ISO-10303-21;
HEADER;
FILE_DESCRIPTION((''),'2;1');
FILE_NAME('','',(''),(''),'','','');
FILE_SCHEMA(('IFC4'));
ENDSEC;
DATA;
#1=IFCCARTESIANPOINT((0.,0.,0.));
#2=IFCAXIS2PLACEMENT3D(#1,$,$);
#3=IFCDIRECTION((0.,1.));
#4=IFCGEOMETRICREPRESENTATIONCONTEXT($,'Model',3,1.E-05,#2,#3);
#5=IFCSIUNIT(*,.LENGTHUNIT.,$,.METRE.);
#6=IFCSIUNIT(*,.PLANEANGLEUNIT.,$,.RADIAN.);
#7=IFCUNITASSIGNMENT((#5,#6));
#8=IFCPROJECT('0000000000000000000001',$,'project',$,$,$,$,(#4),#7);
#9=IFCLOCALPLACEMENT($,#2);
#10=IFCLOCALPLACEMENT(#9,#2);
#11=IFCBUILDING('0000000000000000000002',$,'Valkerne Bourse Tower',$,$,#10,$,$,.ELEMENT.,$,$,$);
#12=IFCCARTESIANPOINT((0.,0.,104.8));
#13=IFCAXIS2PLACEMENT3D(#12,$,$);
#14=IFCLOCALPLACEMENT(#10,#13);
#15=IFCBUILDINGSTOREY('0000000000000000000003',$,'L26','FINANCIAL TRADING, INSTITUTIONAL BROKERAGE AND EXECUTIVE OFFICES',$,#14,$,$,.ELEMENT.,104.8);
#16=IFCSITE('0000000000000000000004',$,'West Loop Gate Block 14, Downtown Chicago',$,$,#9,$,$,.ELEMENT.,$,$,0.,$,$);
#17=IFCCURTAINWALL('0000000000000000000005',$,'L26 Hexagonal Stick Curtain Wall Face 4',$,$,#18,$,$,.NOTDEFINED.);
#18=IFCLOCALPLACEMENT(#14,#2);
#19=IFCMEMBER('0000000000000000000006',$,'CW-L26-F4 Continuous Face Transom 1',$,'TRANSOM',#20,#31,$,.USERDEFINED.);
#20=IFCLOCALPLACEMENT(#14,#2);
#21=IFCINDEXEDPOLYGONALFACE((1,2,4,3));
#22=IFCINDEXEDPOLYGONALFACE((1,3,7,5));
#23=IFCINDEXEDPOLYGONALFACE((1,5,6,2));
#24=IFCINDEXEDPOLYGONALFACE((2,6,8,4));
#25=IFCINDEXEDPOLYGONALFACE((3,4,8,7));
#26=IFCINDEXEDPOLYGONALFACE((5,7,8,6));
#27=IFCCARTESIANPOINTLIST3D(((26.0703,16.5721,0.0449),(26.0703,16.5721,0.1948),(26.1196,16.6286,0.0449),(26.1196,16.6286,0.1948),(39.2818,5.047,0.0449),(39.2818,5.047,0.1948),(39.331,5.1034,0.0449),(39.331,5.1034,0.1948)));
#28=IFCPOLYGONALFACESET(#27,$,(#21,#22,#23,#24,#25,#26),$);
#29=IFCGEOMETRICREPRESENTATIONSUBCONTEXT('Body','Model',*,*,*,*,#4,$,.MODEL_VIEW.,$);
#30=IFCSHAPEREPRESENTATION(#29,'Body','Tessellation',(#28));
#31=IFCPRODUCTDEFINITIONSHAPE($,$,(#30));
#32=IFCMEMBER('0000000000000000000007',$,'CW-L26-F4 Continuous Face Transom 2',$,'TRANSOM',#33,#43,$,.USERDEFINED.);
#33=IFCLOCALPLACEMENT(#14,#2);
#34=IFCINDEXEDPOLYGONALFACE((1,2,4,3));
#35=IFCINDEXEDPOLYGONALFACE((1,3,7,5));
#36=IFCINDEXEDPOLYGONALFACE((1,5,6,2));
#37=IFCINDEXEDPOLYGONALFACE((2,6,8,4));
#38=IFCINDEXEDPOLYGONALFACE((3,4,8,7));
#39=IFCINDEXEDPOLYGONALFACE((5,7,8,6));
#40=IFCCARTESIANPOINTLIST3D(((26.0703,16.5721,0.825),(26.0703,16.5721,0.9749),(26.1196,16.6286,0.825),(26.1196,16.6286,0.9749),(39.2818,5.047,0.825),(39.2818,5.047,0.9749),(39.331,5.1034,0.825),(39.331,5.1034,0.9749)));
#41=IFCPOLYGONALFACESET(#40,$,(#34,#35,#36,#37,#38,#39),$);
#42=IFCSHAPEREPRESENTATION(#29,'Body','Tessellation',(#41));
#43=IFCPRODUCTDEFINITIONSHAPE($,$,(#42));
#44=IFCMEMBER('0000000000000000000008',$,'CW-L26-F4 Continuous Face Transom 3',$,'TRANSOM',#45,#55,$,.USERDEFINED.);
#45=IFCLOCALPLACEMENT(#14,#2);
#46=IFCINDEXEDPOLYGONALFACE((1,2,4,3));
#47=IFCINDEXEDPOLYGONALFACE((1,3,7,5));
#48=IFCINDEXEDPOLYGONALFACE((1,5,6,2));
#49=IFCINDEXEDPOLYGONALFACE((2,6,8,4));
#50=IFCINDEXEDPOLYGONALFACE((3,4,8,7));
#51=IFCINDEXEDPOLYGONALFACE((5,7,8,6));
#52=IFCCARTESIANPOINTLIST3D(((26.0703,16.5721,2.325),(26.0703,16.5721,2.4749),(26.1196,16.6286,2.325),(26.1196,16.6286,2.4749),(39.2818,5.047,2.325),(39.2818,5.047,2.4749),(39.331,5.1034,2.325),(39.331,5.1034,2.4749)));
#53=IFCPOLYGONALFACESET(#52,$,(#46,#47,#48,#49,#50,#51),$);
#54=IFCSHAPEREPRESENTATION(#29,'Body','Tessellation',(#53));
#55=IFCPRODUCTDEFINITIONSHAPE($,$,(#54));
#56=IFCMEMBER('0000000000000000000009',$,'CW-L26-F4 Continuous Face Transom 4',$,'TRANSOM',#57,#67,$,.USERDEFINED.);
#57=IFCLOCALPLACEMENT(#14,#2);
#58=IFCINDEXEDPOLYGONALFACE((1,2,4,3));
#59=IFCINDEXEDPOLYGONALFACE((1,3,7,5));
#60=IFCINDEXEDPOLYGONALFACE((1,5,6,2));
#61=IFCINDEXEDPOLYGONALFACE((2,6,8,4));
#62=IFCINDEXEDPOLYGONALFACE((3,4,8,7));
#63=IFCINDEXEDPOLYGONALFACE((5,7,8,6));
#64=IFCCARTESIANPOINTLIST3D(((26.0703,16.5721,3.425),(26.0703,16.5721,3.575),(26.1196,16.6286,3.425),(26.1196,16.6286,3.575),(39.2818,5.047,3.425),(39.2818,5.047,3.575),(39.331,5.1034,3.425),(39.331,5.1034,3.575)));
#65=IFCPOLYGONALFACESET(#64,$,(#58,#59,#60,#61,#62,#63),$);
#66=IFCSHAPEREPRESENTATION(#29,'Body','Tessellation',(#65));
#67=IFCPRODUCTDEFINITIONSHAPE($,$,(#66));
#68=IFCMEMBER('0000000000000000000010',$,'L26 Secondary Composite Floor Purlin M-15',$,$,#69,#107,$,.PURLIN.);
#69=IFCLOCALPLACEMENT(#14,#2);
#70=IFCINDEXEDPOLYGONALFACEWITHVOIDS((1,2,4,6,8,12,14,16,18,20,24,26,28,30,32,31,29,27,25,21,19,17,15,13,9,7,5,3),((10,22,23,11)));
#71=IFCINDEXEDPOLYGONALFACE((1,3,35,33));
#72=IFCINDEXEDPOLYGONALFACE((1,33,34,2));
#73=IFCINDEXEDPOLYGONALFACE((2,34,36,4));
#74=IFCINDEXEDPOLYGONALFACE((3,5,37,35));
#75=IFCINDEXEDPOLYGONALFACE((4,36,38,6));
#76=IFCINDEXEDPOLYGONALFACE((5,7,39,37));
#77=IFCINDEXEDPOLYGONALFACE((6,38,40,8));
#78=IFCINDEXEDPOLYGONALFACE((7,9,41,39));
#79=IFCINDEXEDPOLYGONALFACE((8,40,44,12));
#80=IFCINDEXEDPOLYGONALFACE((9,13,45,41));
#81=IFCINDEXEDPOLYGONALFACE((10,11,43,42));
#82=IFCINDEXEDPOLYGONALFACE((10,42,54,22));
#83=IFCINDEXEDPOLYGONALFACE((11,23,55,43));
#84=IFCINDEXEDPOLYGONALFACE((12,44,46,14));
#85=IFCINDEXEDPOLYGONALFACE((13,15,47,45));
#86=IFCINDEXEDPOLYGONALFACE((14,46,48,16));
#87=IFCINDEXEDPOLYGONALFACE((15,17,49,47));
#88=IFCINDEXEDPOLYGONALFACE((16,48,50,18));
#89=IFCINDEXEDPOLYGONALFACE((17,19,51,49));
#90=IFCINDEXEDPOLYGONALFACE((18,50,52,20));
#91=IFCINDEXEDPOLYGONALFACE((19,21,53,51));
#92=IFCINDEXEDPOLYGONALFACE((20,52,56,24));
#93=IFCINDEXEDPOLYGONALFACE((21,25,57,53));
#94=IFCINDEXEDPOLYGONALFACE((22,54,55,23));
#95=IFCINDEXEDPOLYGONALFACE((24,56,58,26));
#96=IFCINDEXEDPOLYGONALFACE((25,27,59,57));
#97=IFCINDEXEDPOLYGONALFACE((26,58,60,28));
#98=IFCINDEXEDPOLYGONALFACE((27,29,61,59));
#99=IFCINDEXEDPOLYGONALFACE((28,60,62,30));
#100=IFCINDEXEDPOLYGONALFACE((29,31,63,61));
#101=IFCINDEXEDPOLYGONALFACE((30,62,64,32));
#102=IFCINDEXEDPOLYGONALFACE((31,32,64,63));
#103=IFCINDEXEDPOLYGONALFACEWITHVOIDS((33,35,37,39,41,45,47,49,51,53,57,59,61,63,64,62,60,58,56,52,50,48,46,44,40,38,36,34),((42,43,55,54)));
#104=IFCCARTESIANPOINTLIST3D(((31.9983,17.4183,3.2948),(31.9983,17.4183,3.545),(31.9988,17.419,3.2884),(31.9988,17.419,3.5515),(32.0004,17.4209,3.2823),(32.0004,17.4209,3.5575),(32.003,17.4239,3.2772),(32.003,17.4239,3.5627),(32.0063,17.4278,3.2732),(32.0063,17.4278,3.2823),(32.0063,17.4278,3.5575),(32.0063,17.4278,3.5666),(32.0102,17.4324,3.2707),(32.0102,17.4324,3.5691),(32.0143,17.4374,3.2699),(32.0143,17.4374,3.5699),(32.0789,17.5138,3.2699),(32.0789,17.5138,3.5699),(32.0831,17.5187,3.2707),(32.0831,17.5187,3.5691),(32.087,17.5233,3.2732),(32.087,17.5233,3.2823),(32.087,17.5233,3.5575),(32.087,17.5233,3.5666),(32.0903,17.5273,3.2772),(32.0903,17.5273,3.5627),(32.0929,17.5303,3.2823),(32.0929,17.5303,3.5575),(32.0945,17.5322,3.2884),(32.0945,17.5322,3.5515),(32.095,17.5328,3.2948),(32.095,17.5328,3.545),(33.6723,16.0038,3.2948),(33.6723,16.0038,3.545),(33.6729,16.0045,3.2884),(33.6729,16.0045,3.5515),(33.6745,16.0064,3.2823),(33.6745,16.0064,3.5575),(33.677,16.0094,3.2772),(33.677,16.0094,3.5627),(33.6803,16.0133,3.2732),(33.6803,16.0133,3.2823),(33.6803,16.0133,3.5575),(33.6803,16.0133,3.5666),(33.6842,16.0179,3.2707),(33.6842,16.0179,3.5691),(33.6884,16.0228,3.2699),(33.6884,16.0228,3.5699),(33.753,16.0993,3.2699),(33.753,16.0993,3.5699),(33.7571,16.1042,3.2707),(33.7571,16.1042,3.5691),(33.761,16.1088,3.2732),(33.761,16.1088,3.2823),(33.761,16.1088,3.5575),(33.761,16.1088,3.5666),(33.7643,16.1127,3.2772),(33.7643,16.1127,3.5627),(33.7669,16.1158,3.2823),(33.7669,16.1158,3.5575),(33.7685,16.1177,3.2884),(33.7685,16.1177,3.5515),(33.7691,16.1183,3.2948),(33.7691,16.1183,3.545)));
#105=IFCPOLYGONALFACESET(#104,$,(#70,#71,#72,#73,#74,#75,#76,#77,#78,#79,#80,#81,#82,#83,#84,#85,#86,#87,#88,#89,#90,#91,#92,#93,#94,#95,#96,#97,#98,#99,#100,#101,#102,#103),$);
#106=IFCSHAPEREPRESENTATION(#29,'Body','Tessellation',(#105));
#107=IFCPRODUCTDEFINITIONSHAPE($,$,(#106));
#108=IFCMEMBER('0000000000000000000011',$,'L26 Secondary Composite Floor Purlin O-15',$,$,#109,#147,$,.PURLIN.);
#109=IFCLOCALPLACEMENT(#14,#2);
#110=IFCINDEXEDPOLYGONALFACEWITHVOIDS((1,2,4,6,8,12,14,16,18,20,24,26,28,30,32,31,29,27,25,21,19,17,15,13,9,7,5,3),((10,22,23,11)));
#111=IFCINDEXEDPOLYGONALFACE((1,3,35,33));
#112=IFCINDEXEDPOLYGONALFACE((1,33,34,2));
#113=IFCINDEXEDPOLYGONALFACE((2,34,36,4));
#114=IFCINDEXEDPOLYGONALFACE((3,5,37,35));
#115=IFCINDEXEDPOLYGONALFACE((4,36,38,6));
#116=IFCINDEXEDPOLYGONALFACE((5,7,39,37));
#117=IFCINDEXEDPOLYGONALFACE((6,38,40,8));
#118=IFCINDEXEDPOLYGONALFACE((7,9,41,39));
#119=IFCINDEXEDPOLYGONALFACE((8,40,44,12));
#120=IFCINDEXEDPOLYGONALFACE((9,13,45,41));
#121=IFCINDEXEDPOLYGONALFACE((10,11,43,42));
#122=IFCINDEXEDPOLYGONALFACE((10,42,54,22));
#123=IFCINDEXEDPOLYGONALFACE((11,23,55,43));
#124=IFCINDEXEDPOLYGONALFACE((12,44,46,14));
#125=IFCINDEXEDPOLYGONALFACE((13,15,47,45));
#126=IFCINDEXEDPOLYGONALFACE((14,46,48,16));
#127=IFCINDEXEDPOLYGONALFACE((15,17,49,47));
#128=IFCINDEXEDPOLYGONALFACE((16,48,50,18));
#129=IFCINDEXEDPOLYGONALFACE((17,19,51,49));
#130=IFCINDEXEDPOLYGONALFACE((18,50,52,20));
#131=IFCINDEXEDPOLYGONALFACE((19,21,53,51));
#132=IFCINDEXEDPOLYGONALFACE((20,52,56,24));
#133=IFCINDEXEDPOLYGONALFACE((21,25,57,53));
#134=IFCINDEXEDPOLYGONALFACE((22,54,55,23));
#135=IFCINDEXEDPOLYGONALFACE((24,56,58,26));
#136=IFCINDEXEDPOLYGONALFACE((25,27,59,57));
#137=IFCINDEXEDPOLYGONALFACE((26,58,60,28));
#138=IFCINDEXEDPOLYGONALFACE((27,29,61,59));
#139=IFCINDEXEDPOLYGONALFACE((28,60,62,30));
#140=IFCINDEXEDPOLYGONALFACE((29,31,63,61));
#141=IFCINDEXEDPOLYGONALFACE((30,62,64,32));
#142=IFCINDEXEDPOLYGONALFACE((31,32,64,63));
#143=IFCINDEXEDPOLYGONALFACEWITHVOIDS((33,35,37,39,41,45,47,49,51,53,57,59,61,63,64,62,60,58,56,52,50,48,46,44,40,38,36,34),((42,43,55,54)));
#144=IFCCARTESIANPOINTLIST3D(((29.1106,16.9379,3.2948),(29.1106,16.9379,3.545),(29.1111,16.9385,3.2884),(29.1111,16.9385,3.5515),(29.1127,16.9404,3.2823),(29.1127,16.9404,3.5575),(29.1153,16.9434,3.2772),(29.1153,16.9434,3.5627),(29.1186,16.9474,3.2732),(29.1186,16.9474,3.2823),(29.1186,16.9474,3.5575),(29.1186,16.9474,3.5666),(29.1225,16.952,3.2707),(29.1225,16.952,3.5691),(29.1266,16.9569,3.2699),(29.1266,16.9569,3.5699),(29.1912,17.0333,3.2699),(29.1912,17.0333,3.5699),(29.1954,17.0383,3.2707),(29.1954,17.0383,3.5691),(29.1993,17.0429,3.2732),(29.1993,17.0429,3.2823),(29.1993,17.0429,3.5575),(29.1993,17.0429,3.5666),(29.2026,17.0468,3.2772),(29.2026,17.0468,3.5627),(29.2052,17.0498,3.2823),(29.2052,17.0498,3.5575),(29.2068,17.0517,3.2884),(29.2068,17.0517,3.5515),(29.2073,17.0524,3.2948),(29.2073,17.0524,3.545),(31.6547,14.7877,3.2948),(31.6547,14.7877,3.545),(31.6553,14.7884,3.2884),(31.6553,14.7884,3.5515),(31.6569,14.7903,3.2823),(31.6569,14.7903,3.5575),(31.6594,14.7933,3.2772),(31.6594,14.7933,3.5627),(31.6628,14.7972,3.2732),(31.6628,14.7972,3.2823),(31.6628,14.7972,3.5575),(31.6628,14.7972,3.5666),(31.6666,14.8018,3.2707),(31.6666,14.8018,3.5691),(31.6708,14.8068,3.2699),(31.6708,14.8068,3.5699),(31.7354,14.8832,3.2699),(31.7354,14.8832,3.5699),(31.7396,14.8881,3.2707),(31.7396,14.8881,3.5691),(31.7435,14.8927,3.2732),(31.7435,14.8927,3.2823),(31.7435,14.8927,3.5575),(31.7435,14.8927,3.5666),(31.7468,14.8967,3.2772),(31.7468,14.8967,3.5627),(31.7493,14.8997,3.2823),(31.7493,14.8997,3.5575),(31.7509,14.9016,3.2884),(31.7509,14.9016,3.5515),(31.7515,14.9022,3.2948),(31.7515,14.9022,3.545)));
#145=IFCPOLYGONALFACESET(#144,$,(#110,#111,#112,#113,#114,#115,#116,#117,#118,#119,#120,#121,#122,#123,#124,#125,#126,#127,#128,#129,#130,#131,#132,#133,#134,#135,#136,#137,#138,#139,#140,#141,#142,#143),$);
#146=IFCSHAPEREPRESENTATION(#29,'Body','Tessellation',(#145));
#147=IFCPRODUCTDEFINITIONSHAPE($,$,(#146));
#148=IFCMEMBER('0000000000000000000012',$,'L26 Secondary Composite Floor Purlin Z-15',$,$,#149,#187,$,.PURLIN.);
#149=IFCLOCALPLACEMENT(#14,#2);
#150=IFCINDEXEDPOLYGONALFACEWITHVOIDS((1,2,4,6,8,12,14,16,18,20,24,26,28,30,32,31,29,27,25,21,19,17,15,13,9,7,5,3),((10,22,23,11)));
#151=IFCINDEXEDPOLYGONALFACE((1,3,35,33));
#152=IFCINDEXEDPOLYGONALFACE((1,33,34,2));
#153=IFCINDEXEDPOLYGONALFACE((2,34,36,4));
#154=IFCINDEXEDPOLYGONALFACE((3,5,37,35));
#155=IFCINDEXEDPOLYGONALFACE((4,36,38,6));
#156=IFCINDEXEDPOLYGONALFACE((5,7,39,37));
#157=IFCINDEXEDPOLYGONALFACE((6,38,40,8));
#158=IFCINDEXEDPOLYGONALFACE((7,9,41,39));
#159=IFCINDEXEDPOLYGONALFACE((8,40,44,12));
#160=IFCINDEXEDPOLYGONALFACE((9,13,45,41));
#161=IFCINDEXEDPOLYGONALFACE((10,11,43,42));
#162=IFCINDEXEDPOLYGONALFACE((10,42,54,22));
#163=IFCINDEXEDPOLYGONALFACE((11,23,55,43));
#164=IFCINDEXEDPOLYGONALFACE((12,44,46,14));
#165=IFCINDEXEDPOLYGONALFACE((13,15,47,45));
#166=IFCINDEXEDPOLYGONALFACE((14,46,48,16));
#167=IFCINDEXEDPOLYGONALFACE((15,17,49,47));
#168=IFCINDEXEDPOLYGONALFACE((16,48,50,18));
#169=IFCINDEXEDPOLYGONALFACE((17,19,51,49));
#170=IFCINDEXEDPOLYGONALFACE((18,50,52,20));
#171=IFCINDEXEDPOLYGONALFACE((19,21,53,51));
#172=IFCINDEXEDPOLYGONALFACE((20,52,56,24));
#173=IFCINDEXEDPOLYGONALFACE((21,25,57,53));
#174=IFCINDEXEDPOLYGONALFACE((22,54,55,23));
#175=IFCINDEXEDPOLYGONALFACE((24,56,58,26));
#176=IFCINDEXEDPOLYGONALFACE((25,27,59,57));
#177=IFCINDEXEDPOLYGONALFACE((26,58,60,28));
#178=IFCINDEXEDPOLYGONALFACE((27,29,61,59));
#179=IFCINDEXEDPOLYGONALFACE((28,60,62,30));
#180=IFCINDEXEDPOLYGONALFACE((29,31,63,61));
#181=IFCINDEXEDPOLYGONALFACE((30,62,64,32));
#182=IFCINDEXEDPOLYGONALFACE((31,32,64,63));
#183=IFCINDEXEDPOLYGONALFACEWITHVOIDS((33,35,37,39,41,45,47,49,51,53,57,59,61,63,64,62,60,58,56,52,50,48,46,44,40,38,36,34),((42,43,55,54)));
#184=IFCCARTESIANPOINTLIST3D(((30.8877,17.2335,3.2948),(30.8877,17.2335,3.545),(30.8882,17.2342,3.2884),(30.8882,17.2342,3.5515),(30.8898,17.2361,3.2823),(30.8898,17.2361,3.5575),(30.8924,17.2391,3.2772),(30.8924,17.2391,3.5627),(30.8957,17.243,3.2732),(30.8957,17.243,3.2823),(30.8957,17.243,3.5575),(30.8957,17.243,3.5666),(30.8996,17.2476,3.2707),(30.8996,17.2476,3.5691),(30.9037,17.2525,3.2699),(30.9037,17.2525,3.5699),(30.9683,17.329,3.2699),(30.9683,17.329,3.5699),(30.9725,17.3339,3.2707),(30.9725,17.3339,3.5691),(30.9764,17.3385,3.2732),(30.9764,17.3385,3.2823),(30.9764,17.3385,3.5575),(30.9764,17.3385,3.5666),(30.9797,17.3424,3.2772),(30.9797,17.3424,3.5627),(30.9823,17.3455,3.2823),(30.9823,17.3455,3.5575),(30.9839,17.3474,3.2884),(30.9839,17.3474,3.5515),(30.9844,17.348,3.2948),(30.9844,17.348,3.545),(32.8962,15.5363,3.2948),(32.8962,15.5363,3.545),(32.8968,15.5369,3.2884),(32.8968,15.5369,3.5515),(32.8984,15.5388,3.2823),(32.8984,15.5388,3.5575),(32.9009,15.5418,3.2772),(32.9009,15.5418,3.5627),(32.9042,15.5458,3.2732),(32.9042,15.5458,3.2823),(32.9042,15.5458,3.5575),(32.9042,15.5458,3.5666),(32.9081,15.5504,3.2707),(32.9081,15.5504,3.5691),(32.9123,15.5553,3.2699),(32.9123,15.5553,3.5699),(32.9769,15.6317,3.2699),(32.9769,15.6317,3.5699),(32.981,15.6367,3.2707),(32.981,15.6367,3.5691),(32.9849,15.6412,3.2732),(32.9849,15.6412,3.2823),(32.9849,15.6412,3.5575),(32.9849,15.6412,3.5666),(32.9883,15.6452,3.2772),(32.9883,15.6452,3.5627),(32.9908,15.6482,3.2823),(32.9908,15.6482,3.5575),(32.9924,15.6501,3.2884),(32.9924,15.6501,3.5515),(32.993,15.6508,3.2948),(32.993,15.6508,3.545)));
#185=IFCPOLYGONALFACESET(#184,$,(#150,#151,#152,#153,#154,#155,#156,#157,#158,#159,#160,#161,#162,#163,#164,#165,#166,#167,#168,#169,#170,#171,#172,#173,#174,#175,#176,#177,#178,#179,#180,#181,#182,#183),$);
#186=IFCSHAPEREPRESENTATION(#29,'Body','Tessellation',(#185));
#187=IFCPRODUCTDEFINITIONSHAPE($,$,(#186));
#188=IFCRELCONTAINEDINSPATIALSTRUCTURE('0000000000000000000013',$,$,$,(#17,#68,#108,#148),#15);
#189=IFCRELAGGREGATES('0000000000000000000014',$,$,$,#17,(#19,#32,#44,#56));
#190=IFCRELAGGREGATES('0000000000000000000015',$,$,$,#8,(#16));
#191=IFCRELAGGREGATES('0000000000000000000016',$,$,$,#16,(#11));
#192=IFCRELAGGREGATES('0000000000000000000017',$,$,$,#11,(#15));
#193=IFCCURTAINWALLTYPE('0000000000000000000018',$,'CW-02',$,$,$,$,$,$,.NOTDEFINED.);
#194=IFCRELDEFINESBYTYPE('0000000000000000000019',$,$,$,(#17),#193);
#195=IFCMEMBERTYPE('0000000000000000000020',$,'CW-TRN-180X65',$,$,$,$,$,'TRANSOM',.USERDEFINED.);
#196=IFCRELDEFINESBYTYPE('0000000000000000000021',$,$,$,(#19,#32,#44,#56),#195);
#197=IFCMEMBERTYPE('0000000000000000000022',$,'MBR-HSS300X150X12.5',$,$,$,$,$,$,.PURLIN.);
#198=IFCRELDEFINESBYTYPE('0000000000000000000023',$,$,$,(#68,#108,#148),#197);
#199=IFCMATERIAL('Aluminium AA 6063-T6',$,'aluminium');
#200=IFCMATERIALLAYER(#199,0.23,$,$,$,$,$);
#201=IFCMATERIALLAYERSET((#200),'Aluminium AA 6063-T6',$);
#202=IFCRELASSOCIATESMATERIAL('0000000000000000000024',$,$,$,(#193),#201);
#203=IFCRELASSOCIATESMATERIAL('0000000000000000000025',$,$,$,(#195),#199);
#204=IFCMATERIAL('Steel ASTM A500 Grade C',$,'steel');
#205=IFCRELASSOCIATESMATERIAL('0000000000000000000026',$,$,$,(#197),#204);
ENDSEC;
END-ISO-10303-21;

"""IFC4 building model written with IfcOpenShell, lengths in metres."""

from ifc_helpers import new_model, si_unit, direction, frame, origin, origin_2d, place, context, subcontext, project, spatial, rectangle, hollow_rectangle, extrude, material, layer, layer_set, material_profile, profile_set, type_object, element, aggregate, save


model = new_model("IFC4")

# Units and contexts
model_context = context("Model", 3, precision=1e-05, world=origin(), true_north=direction((0.0, 1.0)))
body_context = subcontext(model_context, "Body", "Model", "MODEL_VIEW")
ifc_project = project(units=[si_unit("LENGTHUNIT", "METRE"), si_unit("PLANEANGLEUNIT", "RADIAN")], contexts=[model_context])

# Site, building, storey
site_placement = place(None, origin())
site = spatial("IfcSite", under=ifc_project, at=site_placement, Name="West Loop Gate Block 14, Downtown Chicago", CompositionType="ELEMENT", RefElevation=0.0)
building_placement = place(site_placement, origin())
building = spatial("IfcBuilding", under=site, at=building_placement, Name="Valkerne Bourse Tower", CompositionType="ELEMENT")
storey_placement = place(building_placement, frame((0.0, 0.0, 104.8)))
storey = spatial("IfcBuildingStorey", under=building, at=storey_placement, Name="L26", Description="FINANCIAL TRADING, INSTITUTIONAL BROKERAGE AND EXECUTIVE OFFICES", CompositionType="ELEMENT", Elevation=104.8)

# Curtain wall, members
ifc_material_1 = material(Name="Aluminium AA 6063-T6", Category="aluminium")
ifc_layer_1 = layer(ifc_material_1, 0.23)
ifc_layer_set_1 = layer_set([ifc_layer_1], Name="Aluminium AA 6063-T6")
curtain_wall_type = type_object("IfcCurtainWallType", Name="CW-02", PredefinedType="NOTDEFINED", material=ifc_layer_set_1)
curtain_wall_1_placement = place(storey_placement, origin())
curtain_wall_1 = element("IfcCurtainWall", 1, at=curtain_wall_1_placement, inside=storey, type_object=curtain_wall_type, Name="L26 Hexagonal Stick Curtain Wall Face 4", PredefinedType="NOTDEFINED")
ifc_material_profile_1 = material_profile(ifc_material_1, rectangle(XDim=0.075, YDim=0.1499, at=origin_2d()), Name="CWT-75X150")
ifc_profile_set_1 = profile_set([ifc_material_profile_1], Name="Aluminium AA 6063-T6")
member_type_1 = type_object("IfcMemberType", Name="CW-TRN-180X65", ElementType="TRANSOM", PredefinedType="USERDEFINED", material=ifc_profile_set_1)
member_1_placement = place(storey_placement, frame((26.095, 16.6003, 0.1199), z_axis=(0.753561, -0.657378, 0.0), x_axis=(0.657378, 0.753561, 0.0)))
member_1 = element("IfcMember", 2, at=member_1_placement, type_object=member_type_1, Name="CW-L26-F4 Continuous Face Transom 1", ObjectType="TRANSOM", PredefinedType="USERDEFINED", context=body_context, shape_type="SweptSolid", body=[
    extrude(rectangle(XDim=0.075, YDim=0.1499, at=origin_2d()), origin(), (0.0, 0.0, 1.0), 17.532),
])
member_2_placement = place(storey_placement, frame((26.095, 16.6003, 0.8999), z_axis=(0.753561, -0.657378, 0.0), x_axis=(0.657378, 0.753561, 0.0)))
member_2 = element("IfcMember", 3, at=member_2_placement, type_object=member_type_1, Name="CW-L26-F4 Continuous Face Transom 2", ObjectType="TRANSOM", PredefinedType="USERDEFINED", context=body_context, shape_type="SweptSolid", body=[
    extrude(rectangle(XDim=0.075, YDim=0.1499, at=origin_2d()), origin(), (0.0, 0.0, 1.0), 17.532),
])
member_3_placement = place(storey_placement, frame((26.095, 16.6003, 2.3999), z_axis=(0.753561, -0.657378, 0.0), x_axis=(0.657378, 0.753561, 0.0)))
member_3 = element("IfcMember", 4, at=member_3_placement, type_object=member_type_1, Name="CW-L26-F4 Continuous Face Transom 3", ObjectType="TRANSOM", PredefinedType="USERDEFINED", context=body_context, shape_type="SweptSolid", body=[
    extrude(rectangle(XDim=0.075, YDim=0.1499, at=origin_2d()), origin(), (0.0, 0.0, 1.0), 17.532),
])
member_4_placement = place(storey_placement, frame((26.095, 16.6003, 3.5), z_axis=(0.753561, -0.657378, 0.0), x_axis=(0.657378, 0.753561, 0.0)))
member_4 = element("IfcMember", 5, at=member_4_placement, type_object=member_type_1, Name="CW-L26-F4 Continuous Face Transom 4", ObjectType="TRANSOM", PredefinedType="USERDEFINED", context=body_context, shape_type="SweptSolid", body=[
    extrude(rectangle(XDim=0.075, YDim=0.1499, at=origin_2d()), origin(), (0.0, 0.0, 1.0), 17.532),
])
aggregate(curtain_wall_1, [member_1, member_2, member_3, member_4])

# Members
ifc_material_2 = material(Name="Steel ASTM A500 Grade C", Category="steel")
ifc_material_profile_2 = material_profile(ifc_material_2, hollow_rectangle(XDim=0.1499, YDim=0.3, WallThickness=0.0125, OuterFilletRadius=0.0249, at=origin_2d()), Name="HSS300X150X12.5")
ifc_profile_set_2 = profile_set([ifc_material_profile_2], Name="Steel ASTM A500 Grade C")
member_type_2 = type_object("IfcMemberType", Name="MBR-HSS300X150X12.5", PredefinedType="PURLIN", material=ifc_profile_set_2)
member_5_placement = place(storey_placement, frame((32.0466, 17.4756, 3.4199), z_axis=(0.76383, -0.645418, 0.0), x_axis=(0.645418, 0.76383, 0.0)))
element("IfcMember", 6, at=member_5_placement, inside=storey, type_object=member_type_2, Name="L26 Secondary Composite Floor Purlin M-15", PredefinedType="PURLIN", context=body_context, shape_type="SweptSolid", body=[
    extrude(hollow_rectangle(XDim=0.1499, YDim=0.3, WallThickness=0.0125, OuterFilletRadius=0.0249, at=origin_2d()), origin(), (0.0, 0.0, 1.0), 2.1917),
])
member_6_placement = place(storey_placement, frame((29.1589, 16.9951, 3.4199), z_axis=(0.763775, -0.645482, 0.0), x_axis=(0.645482, 0.763775, 0.0)))
element("IfcMember", 7, at=member_6_placement, inside=storey, type_object=member_type_2, Name="L26 Secondary Composite Floor Purlin O-15", PredefinedType="PURLIN", context=body_context, shape_type="SweptSolid", body=[
    extrude(hollow_rectangle(XDim=0.1499, YDim=0.3, WallThickness=0.0125, OuterFilletRadius=0.0249, at=origin_2d()), origin(), (0.0, 0.0, 1.0), 3.3311),
])
member_7_placement = place(storey_placement, frame((30.936, 17.2908, 3.4199), z_axis=(0.763812, -0.645439, 0.0), x_axis=(0.645439, 0.763812, 0.0)))
element("IfcMember", 8, at=member_7_placement, inside=storey, type_object=member_type_2, Name="L26 Secondary Composite Floor Purlin Z-15", PredefinedType="PURLIN", context=body_context, shape_type="SweptSolid", body=[
    extrude(hollow_rectangle(XDim=0.1499, YDim=0.3, WallThickness=0.0125, OuterFilletRadius=0.0249, at=origin_2d()), origin(), (0.0, 0.0, 1.0), 2.6296),
])

save(model, "model.ifc")
